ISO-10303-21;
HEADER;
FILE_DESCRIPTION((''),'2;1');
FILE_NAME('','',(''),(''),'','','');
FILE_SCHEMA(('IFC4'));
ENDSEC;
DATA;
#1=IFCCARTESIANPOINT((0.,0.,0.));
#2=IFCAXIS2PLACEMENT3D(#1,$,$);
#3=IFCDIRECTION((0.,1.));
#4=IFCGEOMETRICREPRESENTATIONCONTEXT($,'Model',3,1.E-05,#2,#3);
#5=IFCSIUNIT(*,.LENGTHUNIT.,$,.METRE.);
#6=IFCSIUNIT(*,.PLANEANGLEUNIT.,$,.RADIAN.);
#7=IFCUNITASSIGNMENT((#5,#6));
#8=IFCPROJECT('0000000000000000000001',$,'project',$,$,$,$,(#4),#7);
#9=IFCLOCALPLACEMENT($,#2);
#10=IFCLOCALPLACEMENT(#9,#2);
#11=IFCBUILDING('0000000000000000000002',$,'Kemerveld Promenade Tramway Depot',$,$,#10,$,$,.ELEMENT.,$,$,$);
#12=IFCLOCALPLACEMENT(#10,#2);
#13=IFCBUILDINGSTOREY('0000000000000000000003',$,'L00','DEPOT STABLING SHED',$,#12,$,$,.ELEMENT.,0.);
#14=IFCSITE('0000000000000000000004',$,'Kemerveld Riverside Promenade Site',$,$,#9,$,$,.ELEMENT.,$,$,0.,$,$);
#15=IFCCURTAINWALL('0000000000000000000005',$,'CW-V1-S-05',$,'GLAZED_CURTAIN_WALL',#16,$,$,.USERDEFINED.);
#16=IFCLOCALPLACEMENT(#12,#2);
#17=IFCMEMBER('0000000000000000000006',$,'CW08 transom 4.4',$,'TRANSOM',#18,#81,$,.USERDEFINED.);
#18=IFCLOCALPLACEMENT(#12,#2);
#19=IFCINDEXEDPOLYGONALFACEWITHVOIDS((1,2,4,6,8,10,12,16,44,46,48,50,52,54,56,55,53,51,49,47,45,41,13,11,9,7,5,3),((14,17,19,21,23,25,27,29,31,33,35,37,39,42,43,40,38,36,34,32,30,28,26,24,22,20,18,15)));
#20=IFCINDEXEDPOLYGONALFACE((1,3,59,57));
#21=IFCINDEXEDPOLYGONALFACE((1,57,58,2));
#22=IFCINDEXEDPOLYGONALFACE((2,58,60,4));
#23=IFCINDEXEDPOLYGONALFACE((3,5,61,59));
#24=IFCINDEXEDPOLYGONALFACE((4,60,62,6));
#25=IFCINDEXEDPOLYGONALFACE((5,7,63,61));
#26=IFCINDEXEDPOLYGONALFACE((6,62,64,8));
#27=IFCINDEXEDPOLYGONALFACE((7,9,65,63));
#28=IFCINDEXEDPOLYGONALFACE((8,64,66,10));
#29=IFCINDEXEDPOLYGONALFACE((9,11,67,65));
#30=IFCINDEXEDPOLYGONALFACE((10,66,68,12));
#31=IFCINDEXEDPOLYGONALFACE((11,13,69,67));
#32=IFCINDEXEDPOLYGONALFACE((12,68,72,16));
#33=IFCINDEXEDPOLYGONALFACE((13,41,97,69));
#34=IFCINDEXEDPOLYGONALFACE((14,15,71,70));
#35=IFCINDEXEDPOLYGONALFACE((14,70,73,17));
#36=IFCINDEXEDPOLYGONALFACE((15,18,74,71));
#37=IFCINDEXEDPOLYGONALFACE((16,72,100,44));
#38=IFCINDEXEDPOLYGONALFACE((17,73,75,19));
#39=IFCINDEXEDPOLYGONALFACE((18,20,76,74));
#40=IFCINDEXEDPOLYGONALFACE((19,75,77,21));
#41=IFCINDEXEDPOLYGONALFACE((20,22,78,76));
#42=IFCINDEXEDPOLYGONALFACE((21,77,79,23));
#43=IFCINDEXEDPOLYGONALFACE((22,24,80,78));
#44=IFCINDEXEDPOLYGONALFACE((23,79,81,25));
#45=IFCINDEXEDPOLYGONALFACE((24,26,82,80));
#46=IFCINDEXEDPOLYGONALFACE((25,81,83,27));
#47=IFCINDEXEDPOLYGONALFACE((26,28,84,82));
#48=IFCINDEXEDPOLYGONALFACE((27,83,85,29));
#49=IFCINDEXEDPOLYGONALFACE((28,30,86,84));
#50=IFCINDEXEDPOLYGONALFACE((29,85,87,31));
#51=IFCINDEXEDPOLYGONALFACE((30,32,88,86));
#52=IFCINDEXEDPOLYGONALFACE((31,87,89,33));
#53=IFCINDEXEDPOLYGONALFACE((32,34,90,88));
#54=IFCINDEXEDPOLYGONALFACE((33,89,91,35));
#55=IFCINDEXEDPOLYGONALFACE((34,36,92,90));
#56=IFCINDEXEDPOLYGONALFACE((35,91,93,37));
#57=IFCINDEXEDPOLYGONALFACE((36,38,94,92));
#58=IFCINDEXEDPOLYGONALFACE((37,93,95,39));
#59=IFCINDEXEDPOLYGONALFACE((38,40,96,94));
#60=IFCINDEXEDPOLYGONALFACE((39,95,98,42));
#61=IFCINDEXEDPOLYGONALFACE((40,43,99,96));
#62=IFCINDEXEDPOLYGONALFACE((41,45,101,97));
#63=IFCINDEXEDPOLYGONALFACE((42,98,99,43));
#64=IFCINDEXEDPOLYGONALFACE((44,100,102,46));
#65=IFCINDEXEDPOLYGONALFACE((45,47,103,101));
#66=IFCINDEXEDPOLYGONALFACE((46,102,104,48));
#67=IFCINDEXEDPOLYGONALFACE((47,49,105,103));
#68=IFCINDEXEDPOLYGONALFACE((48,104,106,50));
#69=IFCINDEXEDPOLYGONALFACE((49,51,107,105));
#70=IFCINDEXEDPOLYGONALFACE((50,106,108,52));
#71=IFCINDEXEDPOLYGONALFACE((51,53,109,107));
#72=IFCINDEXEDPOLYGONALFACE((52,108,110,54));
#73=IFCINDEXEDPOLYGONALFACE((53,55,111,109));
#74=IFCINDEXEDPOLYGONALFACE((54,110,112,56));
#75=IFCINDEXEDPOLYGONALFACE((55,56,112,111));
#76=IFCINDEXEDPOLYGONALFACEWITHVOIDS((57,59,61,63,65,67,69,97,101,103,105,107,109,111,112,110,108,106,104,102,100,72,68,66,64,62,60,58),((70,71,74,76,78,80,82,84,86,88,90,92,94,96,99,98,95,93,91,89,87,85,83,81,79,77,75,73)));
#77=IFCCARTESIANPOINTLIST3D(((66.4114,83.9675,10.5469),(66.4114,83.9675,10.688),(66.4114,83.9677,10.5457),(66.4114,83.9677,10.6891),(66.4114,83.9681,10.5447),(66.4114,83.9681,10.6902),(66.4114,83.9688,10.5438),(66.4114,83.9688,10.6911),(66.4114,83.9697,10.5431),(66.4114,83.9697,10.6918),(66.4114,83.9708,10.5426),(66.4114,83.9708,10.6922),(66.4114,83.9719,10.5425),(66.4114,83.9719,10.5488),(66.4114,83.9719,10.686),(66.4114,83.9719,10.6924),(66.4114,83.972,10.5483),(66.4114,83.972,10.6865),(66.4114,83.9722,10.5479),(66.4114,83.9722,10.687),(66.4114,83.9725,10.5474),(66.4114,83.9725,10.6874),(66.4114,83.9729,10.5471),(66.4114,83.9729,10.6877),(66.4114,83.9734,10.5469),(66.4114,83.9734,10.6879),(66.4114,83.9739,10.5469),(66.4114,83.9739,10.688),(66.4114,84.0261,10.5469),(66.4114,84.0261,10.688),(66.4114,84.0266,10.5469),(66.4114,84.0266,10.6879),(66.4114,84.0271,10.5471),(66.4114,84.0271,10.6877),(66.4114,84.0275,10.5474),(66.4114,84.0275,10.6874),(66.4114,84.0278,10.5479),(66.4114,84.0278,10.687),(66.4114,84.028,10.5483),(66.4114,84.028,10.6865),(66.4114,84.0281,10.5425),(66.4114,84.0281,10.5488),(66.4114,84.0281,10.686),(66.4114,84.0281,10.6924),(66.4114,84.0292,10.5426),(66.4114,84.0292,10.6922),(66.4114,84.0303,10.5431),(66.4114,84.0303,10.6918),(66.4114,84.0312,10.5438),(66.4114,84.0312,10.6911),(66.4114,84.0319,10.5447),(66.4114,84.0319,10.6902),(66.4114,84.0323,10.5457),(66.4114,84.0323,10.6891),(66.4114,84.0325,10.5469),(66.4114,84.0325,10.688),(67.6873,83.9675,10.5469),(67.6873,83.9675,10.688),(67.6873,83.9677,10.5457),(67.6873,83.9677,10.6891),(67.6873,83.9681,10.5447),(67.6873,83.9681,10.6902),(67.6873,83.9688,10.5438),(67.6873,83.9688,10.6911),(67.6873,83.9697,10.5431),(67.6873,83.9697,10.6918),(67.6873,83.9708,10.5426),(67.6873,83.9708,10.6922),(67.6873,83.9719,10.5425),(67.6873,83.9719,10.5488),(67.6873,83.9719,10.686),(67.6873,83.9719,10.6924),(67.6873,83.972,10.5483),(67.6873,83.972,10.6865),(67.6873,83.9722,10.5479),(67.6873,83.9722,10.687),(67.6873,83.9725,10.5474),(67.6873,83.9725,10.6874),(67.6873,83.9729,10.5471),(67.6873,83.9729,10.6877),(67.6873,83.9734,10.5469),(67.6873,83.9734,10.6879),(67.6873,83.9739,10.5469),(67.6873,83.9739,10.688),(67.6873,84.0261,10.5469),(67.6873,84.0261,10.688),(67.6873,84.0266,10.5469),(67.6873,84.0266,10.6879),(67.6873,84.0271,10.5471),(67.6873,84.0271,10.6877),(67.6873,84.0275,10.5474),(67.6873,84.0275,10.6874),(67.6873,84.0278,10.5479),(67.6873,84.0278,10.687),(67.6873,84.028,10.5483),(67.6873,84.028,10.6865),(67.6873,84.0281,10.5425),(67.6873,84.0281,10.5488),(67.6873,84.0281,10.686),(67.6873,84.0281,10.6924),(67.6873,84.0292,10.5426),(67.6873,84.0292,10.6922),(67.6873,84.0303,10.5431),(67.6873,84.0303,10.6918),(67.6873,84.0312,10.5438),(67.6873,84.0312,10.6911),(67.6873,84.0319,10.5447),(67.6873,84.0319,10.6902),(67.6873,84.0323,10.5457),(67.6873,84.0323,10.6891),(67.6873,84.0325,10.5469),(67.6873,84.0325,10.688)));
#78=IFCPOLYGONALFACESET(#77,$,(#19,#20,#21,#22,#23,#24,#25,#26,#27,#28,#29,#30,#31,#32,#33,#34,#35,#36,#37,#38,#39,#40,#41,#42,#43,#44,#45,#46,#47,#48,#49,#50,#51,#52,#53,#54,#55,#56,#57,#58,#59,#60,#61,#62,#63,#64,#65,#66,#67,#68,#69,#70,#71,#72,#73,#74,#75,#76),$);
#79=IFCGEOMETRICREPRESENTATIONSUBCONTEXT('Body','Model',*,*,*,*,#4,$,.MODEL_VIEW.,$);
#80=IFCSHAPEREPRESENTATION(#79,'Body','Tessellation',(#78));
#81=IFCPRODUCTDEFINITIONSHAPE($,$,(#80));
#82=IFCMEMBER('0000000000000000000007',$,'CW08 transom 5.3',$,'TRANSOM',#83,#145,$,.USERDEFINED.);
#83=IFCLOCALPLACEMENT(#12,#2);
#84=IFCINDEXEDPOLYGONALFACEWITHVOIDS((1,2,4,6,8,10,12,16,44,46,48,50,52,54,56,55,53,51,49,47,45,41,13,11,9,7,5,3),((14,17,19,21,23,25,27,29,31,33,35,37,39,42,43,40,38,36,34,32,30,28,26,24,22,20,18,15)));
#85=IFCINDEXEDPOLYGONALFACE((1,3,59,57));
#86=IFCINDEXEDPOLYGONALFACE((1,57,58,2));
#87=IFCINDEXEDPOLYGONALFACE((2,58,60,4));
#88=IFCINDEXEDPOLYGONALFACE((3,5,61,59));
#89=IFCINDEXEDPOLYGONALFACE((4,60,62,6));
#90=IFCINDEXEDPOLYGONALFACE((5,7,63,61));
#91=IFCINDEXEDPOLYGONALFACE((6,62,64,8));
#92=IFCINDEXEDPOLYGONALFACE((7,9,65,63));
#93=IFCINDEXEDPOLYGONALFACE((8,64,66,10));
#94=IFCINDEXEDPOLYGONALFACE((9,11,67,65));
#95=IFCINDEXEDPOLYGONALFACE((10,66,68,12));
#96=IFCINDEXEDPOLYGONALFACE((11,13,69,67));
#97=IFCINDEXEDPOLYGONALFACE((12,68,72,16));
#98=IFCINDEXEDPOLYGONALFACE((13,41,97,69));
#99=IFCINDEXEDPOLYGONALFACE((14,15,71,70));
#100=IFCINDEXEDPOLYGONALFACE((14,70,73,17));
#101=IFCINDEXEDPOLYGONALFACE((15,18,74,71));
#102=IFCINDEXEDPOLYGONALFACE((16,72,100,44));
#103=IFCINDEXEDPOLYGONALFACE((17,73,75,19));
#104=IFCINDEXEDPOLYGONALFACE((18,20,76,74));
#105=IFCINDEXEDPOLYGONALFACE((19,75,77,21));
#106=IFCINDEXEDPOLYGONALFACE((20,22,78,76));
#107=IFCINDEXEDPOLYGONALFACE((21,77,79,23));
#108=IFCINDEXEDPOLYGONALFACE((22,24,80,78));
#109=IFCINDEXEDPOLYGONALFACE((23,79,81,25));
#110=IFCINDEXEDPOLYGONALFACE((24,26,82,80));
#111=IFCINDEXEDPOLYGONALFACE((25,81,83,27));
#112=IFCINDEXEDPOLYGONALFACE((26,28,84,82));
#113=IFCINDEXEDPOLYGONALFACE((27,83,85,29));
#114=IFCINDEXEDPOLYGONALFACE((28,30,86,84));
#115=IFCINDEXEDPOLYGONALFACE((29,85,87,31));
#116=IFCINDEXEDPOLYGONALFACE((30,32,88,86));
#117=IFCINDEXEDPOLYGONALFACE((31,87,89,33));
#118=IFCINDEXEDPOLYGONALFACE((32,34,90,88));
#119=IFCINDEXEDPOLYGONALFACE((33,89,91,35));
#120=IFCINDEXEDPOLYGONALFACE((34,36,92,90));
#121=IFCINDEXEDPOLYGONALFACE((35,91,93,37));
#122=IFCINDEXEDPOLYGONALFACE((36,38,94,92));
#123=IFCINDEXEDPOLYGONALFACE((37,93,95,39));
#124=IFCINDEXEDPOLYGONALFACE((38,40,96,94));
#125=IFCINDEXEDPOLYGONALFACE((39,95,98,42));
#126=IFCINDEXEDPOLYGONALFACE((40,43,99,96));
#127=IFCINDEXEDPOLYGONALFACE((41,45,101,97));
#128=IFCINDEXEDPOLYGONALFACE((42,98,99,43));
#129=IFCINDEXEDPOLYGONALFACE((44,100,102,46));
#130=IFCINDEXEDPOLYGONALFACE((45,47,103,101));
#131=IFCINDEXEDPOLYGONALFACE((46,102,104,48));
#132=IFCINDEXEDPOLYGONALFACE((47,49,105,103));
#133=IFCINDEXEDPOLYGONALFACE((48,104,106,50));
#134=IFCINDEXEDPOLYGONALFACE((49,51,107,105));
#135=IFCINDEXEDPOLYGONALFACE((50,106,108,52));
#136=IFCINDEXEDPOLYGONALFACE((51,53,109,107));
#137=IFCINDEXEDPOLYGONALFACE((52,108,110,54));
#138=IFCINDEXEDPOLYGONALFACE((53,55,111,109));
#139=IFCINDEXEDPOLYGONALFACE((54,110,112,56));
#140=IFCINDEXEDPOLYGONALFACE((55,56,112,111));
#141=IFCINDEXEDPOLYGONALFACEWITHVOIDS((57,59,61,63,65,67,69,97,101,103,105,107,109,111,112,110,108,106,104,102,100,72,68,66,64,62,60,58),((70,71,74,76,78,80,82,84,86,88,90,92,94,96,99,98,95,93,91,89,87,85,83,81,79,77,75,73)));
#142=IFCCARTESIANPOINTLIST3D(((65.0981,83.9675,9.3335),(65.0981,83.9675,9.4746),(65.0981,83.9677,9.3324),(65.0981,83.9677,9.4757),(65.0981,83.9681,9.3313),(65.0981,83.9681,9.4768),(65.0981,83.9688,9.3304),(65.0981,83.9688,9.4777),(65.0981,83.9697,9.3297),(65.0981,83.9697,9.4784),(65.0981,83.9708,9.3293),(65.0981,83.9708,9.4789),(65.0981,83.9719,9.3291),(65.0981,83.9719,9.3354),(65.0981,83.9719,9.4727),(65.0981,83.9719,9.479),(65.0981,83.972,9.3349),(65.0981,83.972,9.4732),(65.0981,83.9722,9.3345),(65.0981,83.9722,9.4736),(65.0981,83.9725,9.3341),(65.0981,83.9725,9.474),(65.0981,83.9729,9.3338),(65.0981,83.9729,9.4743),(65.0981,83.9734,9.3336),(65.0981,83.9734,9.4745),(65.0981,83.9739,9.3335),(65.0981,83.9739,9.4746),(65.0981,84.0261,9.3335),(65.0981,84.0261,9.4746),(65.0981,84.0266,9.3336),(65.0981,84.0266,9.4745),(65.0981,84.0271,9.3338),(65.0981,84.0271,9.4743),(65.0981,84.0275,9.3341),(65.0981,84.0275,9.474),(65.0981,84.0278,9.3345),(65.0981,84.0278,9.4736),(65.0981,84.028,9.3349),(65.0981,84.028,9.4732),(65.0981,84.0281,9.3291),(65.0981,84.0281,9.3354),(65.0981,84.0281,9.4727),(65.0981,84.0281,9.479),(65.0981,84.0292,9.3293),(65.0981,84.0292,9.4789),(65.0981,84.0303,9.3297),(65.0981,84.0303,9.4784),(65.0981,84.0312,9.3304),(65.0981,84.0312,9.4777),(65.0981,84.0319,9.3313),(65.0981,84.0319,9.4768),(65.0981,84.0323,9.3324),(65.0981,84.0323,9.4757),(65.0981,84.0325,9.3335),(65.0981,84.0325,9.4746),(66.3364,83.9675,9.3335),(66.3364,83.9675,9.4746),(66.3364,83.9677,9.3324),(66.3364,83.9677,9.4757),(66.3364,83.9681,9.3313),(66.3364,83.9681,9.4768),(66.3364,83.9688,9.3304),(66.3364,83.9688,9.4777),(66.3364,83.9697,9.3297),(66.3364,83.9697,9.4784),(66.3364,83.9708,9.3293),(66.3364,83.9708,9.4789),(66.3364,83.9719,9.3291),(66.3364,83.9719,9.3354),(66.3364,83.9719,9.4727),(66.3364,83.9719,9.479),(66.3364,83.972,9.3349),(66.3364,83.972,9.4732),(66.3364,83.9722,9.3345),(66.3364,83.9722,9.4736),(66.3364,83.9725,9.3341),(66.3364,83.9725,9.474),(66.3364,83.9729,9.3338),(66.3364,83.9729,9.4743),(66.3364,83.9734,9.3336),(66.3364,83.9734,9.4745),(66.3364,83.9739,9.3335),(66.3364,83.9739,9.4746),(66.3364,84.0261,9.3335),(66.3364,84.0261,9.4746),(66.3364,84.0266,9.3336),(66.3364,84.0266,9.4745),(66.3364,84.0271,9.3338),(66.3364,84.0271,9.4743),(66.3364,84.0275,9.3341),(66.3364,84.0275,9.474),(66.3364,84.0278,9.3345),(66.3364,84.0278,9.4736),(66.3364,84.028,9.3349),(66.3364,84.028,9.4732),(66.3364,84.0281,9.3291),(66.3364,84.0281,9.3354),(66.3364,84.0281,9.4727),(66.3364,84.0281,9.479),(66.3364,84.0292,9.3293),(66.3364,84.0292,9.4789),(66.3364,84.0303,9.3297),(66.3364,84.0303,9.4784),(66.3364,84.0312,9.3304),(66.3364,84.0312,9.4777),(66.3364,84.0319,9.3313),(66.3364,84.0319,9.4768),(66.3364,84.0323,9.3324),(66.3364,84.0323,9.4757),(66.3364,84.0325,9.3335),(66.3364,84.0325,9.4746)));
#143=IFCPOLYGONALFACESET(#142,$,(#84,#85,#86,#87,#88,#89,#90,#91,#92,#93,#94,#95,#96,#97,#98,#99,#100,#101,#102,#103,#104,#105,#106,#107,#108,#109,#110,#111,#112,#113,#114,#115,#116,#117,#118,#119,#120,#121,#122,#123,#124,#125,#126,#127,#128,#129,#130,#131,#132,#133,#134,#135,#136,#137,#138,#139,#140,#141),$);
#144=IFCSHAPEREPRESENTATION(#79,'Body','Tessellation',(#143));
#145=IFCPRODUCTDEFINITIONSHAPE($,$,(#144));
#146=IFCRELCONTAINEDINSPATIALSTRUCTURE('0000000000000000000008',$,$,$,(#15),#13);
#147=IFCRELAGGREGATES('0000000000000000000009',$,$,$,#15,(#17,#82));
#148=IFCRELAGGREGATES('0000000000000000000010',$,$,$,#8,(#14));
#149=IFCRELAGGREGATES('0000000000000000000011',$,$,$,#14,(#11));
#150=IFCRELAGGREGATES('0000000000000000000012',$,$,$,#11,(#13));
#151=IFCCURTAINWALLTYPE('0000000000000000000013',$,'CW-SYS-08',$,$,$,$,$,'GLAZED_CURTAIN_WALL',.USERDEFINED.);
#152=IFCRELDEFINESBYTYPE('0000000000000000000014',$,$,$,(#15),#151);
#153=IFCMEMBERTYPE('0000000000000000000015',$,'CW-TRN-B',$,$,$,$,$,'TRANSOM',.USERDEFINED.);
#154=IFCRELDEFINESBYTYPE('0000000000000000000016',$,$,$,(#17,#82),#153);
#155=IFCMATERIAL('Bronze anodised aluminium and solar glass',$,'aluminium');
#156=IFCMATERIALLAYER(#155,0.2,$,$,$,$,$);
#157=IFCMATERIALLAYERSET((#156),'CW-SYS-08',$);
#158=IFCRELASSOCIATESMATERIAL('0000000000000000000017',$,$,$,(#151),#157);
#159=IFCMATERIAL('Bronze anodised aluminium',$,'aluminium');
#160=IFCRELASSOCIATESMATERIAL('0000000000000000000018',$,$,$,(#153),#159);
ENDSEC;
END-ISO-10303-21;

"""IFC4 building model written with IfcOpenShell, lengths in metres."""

from ifc_helpers import new_model, si_unit, direction, frame, origin, origin_2d, place, context, subcontext, project, spatial, hollow_rectangle, extrude, material, layer, layer_set, material_profile, profile_set, type_object, element, aggregate, save


model = new_model("IFC4")

# Units and contexts
model_context = context("Model", 3, precision=1e-05, world=origin(), true_north=direction((0.0, 1.0)))
body_context = subcontext(model_context, "Body", "Model", "MODEL_VIEW")
ifc_project = project(units=[si_unit("LENGTHUNIT", "METRE"), si_unit("PLANEANGLEUNIT", "RADIAN")], contexts=[model_context])

# Site, building, storey
site_placement = place(None, origin())
site = spatial("IfcSite", under=ifc_project, at=site_placement, Name="Kemerveld Riverside Promenade Site", CompositionType="ELEMENT", RefElevation=0.0)
building_placement = place(site_placement, origin())
building = spatial("IfcBuilding", under=site, at=building_placement, Name="Kemerveld Promenade Tramway Depot", CompositionType="ELEMENT")
storey_placement = place(building_placement, origin())
storey = spatial("IfcBuildingStorey", under=building, at=storey_placement, Name="L00", Description="DEPOT STABLING SHED", CompositionType="ELEMENT", Elevation=0.0)

# Curtain wall, members
ifc_material_1 = material(Name="Bronze anodised aluminium and solar glass", Category="aluminium")
ifc_material_2 = material(Name="Bronze anodised aluminium", Category="aluminium")
ifc_layer_1 = layer(ifc_material_1, 0.2)
ifc_layer_set_1 = layer_set([ifc_layer_1], Name="CW-SYS-08")
curtain_wall_type_1 = type_object("IfcCurtainWallType", Name="CW-SYS-08", ElementType="GLAZED_CURTAIN_WALL", PredefinedType="USERDEFINED", material=ifc_layer_set_1)
curtain_wall_1_placement = place(storey_placement, origin())
curtain_wall_1 = element("IfcCurtainWall", 1, at=curtain_wall_1_placement, inside=storey, type_object=curtain_wall_type_1, Name="CW-V1-S-05", ObjectType="GLAZED_CURTAIN_WALL", PredefinedType="USERDEFINED")
ifc_material_profile_1 = material_profile(ifc_material_2, hollow_rectangle(XDim=0.0649, YDim=0.1499, WallThickness=0.0044, InnerFilletRadius=0.002, OuterFilletRadius=0.0044, at=origin_2d()), Name="CW-TRN-150x65")
ifc_profile_set_1 = profile_set([ifc_material_profile_1], Name="Bronze anodised aluminium")
member_type_1 = type_object("IfcMemberType", Name="CW-TRN-B", ElementType="TRANSOM", PredefinedType="USERDEFINED", material=ifc_profile_set_1)
member_1_placement = place(storey_placement, frame((67.6873, 84.0, 10.6174), z_axis=(-1.0, 0.0, 0.0), x_axis=(0.0, -1.0, 0.0)))
member_1 = element("IfcMember", 2, at=member_1_placement, type_object=member_type_1, Name="CW08 transom 4.4", ObjectType="TRANSOM", PredefinedType="USERDEFINED", context=body_context, shape_type="SweptSolid", body=[
    extrude(hollow_rectangle(XDim=0.0649, YDim=0.1499, WallThickness=0.0044, InnerFilletRadius=0.002, OuterFilletRadius=0.0044, at=origin_2d()), origin(), (0.0, 0.0, 1.0), 1.2759),
])
member_2_placement = place(storey_placement, frame((66.3364, 84.0, 9.4041), z_axis=(-1.0, 0.0, 0.0), x_axis=(0.0, -1.0, 0.0)))
member_2 = element("IfcMember", 3, at=member_2_placement, type_object=member_type_1, Name="CW08 transom 5.3", ObjectType="TRANSOM", PredefinedType="USERDEFINED", context=body_context, shape_type="SweptSolid", body=[
    extrude(hollow_rectangle(XDim=0.0649, YDim=0.1499, WallThickness=0.0044, InnerFilletRadius=0.002, OuterFilletRadius=0.0044, at=origin_2d()), origin(), (0.0, 0.0, 1.0), 1.2383),
])

aggregate(curtain_wall_1, [member_1, member_2])

save(model, "model.ifc")
